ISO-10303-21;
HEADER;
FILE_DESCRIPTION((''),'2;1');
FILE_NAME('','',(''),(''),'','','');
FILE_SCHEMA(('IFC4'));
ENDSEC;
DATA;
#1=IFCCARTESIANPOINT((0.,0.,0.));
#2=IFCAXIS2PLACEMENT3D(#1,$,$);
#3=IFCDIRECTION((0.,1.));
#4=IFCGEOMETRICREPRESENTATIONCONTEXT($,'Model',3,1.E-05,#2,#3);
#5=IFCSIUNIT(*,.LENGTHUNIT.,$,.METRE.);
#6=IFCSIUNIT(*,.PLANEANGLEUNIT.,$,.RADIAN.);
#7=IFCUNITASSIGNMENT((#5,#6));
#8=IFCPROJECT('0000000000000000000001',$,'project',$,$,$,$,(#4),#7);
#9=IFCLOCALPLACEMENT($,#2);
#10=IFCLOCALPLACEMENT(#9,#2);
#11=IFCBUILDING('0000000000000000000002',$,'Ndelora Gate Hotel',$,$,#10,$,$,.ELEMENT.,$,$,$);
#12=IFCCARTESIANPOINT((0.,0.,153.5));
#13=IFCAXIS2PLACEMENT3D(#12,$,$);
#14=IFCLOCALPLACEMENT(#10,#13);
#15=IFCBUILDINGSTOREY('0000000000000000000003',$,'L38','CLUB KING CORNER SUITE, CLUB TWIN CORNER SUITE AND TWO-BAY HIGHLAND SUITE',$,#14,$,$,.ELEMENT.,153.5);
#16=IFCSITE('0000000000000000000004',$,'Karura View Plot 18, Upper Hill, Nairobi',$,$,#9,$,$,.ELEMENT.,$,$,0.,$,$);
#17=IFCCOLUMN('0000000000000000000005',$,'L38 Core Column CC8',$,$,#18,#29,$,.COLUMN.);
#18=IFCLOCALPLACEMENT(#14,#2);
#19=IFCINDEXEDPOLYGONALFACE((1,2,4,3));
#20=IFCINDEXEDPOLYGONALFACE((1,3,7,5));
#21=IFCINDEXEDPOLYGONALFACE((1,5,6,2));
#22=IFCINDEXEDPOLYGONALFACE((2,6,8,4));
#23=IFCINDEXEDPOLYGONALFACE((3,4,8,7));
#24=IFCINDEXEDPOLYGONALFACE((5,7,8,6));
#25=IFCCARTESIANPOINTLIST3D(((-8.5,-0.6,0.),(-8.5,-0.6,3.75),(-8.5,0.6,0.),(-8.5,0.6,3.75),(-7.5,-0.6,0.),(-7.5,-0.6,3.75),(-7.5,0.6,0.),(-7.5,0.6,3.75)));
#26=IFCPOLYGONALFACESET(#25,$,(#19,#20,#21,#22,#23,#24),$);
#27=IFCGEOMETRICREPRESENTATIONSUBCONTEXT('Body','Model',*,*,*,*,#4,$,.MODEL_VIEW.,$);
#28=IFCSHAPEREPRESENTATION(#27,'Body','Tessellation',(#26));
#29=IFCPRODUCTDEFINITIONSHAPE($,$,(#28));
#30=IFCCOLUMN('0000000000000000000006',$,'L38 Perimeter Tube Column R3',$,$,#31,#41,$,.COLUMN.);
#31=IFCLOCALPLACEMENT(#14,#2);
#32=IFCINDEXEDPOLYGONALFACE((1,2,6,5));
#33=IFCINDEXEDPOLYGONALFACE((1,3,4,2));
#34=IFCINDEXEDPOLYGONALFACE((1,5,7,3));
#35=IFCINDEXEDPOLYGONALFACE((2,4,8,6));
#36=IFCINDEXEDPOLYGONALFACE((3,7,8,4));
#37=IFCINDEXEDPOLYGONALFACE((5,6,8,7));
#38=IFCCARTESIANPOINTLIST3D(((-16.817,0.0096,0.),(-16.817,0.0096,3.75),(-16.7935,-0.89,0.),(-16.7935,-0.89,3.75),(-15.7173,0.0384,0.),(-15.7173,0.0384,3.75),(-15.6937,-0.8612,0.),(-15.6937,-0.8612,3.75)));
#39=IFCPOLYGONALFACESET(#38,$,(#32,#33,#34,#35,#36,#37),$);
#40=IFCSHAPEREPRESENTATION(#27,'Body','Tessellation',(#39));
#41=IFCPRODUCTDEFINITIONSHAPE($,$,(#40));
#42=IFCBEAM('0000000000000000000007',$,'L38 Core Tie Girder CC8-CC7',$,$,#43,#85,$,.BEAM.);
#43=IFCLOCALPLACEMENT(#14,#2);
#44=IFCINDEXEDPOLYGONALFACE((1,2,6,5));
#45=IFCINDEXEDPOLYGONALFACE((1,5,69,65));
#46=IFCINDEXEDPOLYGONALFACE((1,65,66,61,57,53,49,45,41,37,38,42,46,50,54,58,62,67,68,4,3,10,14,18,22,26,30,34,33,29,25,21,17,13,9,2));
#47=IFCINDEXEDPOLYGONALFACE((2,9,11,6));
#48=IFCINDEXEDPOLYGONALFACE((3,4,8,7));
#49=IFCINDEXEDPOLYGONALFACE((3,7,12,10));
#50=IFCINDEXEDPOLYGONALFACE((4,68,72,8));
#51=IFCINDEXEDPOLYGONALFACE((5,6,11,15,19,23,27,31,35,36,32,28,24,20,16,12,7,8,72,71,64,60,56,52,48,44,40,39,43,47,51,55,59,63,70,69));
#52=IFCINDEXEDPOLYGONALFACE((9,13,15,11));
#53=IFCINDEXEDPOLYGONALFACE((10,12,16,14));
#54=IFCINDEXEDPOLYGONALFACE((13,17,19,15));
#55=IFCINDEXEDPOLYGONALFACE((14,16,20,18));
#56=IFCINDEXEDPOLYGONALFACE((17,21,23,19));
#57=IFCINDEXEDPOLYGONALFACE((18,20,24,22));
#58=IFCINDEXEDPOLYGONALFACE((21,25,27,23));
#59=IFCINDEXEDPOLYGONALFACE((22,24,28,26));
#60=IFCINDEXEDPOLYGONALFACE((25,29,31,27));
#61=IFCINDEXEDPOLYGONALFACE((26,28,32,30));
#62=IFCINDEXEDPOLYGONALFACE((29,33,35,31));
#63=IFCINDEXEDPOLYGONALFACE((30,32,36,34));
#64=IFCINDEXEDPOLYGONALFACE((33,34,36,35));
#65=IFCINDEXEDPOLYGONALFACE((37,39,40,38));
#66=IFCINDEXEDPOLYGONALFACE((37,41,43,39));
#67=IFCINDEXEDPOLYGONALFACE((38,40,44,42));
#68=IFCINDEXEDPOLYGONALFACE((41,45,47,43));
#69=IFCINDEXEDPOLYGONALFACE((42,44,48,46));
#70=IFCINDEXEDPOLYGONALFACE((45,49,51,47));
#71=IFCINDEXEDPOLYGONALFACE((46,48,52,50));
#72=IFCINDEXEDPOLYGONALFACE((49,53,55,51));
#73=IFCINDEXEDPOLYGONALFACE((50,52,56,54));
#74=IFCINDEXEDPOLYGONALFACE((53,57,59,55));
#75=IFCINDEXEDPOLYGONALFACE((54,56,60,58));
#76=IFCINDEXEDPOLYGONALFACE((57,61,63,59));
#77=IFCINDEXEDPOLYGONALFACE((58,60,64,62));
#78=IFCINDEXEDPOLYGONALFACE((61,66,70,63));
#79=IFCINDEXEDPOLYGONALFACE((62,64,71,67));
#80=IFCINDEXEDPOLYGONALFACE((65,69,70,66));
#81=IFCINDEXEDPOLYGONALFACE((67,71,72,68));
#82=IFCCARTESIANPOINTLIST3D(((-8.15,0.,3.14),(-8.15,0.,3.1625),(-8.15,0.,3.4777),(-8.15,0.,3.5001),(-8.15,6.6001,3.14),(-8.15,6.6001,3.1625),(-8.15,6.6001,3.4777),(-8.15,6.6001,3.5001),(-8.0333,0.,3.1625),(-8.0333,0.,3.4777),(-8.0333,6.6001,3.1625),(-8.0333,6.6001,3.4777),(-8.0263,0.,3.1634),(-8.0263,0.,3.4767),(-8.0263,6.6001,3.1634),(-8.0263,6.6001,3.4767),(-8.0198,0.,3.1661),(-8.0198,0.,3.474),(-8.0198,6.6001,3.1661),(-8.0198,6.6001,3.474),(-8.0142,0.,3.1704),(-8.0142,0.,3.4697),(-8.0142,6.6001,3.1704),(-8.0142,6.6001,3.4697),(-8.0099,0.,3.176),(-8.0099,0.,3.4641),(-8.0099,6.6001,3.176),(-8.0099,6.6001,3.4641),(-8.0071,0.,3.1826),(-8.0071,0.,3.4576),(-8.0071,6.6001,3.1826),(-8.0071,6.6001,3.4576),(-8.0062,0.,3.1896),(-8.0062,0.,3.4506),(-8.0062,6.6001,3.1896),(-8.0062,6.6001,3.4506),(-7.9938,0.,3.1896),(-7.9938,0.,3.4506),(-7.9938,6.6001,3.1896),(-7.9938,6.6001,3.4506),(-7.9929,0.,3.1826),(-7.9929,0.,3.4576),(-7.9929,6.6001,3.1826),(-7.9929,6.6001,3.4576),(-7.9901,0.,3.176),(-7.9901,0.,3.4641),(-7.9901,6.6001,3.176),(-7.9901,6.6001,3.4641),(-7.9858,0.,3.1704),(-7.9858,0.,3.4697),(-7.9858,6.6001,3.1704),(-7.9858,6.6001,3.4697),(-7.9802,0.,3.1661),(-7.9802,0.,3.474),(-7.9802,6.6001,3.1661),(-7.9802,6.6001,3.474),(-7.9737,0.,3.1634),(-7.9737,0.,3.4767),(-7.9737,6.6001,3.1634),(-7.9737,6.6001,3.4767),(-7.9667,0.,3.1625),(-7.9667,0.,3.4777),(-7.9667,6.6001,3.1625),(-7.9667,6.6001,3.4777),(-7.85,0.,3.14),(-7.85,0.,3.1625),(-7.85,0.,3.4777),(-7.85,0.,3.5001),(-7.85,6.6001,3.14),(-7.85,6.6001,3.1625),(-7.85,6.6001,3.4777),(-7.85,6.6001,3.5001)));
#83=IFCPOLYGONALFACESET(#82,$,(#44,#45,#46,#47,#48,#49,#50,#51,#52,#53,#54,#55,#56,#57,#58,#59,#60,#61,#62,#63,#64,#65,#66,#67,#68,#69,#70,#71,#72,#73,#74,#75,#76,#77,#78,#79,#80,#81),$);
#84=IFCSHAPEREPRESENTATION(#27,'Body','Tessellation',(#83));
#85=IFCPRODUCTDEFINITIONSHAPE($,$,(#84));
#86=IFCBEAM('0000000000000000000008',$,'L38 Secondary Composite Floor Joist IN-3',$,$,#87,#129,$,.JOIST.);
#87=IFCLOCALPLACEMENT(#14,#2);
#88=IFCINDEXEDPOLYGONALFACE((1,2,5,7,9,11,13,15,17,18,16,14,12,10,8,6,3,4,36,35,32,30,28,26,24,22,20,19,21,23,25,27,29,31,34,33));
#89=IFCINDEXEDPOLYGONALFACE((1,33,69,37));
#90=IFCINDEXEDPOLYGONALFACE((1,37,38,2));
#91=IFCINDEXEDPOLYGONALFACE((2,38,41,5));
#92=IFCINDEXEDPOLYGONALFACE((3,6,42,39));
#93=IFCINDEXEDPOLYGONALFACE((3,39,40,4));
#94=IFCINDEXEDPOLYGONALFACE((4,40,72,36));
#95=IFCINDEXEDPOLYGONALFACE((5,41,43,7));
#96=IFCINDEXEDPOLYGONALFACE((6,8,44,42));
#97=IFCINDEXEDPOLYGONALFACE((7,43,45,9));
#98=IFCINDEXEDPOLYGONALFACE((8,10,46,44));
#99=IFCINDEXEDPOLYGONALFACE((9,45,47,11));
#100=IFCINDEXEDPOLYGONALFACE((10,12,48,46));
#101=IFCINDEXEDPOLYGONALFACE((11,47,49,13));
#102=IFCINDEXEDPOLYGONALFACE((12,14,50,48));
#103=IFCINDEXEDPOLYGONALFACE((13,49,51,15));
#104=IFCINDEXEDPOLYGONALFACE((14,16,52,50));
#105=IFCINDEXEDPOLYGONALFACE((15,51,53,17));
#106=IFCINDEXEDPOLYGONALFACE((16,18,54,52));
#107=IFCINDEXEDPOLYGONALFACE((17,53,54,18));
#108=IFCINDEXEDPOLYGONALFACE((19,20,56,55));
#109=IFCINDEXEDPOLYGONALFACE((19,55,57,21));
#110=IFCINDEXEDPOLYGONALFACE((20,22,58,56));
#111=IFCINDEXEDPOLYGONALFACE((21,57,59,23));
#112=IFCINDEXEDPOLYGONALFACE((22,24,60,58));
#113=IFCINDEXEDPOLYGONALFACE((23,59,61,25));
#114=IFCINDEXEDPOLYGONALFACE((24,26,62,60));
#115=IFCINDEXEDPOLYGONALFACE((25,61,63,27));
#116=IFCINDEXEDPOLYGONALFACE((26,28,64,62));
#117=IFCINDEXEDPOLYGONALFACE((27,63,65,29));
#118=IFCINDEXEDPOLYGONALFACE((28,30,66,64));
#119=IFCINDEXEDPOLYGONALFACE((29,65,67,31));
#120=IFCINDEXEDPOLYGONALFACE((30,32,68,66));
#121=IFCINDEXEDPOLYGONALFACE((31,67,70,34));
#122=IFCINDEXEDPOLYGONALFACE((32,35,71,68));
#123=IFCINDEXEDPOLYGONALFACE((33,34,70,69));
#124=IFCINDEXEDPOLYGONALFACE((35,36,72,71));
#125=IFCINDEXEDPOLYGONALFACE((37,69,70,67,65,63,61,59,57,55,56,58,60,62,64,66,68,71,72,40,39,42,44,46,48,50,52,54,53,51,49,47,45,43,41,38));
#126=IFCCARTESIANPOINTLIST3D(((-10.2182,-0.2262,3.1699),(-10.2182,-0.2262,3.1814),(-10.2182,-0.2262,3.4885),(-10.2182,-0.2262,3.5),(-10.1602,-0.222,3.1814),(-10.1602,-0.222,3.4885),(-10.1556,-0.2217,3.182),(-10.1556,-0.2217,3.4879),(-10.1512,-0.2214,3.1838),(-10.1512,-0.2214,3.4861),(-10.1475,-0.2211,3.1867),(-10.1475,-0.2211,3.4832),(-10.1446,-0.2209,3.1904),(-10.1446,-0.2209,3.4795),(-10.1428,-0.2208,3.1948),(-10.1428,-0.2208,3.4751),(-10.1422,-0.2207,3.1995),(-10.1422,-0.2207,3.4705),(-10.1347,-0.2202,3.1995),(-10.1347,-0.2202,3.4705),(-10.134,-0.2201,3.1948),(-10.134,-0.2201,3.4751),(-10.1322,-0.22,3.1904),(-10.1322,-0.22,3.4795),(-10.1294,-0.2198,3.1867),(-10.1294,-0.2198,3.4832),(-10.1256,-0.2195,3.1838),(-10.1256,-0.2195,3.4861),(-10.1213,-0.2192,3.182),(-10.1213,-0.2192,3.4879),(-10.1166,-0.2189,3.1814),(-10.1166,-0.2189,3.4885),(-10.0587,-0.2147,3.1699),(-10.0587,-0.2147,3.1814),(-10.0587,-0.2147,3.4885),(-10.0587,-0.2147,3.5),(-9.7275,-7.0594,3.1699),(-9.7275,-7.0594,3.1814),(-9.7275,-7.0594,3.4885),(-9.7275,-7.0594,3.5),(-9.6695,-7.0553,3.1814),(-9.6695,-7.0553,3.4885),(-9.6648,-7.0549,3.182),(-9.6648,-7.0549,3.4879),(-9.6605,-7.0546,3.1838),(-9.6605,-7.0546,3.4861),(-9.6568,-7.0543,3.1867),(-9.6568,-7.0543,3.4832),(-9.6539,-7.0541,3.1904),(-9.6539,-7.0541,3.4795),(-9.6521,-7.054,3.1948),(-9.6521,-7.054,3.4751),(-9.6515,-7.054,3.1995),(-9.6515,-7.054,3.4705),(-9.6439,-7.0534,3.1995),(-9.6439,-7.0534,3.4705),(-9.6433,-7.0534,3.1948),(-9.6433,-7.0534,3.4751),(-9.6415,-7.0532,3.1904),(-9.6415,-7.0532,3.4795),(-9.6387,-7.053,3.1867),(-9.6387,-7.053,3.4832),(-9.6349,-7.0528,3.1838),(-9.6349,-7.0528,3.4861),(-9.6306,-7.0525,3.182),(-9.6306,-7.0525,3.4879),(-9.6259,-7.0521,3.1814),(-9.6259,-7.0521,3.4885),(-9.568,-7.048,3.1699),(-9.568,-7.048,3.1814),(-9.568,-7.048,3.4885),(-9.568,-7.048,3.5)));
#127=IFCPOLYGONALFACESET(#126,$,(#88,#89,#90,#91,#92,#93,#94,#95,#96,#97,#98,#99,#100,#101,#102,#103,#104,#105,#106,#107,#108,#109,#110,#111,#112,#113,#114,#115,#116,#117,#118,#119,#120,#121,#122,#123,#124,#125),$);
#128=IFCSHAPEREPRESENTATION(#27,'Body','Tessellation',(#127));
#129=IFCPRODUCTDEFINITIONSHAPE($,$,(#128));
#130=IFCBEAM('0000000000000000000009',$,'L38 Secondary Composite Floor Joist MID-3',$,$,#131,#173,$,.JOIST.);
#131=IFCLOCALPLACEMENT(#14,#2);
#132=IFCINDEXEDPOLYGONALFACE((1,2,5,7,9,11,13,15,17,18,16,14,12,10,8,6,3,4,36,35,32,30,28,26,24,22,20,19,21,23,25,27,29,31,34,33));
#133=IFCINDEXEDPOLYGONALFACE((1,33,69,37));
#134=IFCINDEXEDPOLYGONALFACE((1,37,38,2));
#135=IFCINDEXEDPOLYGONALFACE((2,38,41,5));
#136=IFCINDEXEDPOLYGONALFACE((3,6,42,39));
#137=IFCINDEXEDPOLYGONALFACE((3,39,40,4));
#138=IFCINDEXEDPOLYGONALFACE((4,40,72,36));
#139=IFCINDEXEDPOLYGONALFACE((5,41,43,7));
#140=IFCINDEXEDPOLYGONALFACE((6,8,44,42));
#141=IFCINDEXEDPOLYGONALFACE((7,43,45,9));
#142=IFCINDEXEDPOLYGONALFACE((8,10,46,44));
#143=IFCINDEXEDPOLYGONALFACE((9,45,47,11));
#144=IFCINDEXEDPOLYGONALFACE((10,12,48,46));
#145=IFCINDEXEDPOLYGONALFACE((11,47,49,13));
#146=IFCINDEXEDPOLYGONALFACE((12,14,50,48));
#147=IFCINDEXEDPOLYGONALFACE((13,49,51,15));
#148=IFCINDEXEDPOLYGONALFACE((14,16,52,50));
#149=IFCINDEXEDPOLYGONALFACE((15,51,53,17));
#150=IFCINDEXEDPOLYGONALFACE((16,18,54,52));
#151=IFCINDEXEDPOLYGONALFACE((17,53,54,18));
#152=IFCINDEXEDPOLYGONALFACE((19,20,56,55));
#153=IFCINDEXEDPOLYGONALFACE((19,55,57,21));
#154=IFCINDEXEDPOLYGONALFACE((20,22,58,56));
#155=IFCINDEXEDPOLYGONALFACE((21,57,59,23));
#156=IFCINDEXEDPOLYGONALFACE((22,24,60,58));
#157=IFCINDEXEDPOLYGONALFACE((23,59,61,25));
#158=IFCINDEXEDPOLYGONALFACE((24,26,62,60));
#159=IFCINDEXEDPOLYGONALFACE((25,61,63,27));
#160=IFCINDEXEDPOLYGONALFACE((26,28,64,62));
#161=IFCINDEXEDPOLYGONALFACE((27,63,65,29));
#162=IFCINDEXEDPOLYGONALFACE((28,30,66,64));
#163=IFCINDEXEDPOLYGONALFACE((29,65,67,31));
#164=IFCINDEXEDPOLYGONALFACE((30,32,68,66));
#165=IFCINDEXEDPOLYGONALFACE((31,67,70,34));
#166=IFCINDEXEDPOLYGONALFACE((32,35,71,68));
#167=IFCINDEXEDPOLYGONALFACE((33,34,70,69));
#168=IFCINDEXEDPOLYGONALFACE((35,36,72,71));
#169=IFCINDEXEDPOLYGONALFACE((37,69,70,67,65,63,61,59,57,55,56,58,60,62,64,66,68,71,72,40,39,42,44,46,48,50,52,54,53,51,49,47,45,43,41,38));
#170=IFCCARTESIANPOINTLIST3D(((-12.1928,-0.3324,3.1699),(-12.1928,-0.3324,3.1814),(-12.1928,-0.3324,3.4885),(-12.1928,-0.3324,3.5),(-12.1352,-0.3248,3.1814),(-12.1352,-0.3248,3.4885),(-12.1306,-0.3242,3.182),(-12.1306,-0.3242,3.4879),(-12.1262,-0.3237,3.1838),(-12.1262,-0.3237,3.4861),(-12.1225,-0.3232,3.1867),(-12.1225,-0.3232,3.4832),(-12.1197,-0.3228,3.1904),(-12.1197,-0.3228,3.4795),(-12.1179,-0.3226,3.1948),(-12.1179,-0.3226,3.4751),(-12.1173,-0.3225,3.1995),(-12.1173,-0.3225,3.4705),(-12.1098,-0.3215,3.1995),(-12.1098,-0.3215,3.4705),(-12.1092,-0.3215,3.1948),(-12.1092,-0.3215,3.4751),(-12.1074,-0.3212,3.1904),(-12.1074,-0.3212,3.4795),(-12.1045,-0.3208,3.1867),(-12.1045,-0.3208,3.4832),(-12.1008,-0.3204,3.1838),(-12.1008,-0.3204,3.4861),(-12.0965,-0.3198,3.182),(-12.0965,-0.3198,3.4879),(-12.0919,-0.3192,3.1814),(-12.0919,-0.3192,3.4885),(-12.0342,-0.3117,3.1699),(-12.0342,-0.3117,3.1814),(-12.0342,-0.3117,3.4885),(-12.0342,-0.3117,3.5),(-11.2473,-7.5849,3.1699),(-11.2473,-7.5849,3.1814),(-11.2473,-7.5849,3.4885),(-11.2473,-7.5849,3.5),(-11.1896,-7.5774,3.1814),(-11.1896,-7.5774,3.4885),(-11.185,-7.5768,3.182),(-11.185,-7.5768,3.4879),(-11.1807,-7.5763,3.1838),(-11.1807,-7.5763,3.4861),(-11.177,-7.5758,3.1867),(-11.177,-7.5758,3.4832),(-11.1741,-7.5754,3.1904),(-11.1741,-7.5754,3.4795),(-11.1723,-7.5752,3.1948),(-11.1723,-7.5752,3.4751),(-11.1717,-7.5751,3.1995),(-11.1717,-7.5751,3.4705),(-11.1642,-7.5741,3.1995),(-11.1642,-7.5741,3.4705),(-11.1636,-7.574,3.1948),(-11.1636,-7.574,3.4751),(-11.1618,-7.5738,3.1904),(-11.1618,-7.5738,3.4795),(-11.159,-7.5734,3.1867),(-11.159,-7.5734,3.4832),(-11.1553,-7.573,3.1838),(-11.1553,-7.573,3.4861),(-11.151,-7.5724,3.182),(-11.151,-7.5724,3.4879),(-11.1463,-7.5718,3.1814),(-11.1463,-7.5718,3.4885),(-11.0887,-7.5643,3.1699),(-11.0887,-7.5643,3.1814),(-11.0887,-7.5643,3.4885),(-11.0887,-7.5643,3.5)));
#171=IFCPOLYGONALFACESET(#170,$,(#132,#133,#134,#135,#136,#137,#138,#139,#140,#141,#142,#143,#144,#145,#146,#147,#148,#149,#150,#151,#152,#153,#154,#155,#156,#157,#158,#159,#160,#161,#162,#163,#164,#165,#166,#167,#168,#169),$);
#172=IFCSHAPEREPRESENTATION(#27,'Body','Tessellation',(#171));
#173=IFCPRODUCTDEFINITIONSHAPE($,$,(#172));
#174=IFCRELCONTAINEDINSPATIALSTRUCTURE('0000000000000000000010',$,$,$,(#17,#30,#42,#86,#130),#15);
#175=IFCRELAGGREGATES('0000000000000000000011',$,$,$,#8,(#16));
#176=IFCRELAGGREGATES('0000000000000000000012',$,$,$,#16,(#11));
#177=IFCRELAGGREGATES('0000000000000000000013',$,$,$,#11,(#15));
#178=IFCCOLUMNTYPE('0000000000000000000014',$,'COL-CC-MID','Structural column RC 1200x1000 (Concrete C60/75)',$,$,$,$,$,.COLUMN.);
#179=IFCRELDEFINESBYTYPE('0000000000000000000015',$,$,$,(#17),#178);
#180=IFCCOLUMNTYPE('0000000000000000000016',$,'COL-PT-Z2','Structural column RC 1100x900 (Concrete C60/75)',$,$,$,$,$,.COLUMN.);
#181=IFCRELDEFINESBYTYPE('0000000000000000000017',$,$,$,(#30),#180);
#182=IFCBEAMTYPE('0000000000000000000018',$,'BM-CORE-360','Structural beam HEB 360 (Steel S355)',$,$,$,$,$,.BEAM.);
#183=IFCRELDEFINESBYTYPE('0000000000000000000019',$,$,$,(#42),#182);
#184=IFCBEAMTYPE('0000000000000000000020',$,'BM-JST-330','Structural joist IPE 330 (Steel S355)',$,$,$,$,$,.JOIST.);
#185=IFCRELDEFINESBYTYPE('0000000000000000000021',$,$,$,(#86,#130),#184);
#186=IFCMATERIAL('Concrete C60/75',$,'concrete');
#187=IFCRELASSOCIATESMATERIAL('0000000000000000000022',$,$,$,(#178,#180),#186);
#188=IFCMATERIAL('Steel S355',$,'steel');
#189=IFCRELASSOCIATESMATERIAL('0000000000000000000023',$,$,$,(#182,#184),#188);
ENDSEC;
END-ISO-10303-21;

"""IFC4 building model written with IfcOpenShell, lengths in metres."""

from ifc_helpers import new_model, si_unit, direction, frame, origin, origin_2d, place, context, subcontext, project, spatial, rectangle, i_section, extrude, material, material_profile, profile_set, type_object, element, save


model = new_model("IFC4")

# Units and contexts
model_context = context("Model", 3, precision=1e-05, world=origin(), true_north=direction((0.0, 1.0)))
body_context = subcontext(model_context, "Body", "Model", "MODEL_VIEW")
ifc_project = project(units=[si_unit("LENGTHUNIT", "METRE"), si_unit("PLANEANGLEUNIT", "RADIAN")], contexts=[model_context])

# Site, building, storey
site_placement = place(None, origin())
site = spatial("IfcSite", under=ifc_project, at=site_placement, Name="Karura View Plot 18, Upper Hill, Nairobi", CompositionType="ELEMENT", RefElevation=0.0)
building_placement = place(site_placement, origin())
building = spatial("IfcBuilding", under=site, at=building_placement, Name="Ndelora Gate Hotel", CompositionType="ELEMENT")
storey_placement = place(building_placement, frame((0.0, 0.0, 153.5)))
storey = spatial("IfcBuildingStorey", under=building, at=storey_placement, Name="L38", Description="CLUB KING CORNER SUITE, CLUB TWIN CORNER SUITE AND TWO-BAY HIGHLAND SUITE", CompositionType="ELEMENT", Elevation=153.5)

# Columns
ifc_material_1 = material(Name="Concrete C60/75", Category="concrete")
ifc_material_profile_1 = material_profile(ifc_material_1, rectangle(XDim=1.0, YDim=1.2, at=origin_2d()), Name="RC 1200x1000")
ifc_profile_set_1 = profile_set([ifc_material_profile_1], Name="Concrete C60/75")
column_type_1 = type_object("IfcColumnType", Name="COL-CC-MID", Description="Structural column RC 1200x1000 (Concrete C60/75)", PredefinedType="COLUMN", material=ifc_profile_set_1)
column_1_placement = place(storey_placement, frame((-8.0, 0.0, 0.0), z_axis=(0.0, 0.0, 1.0), x_axis=(1.0, 0.0, 0.0)))
element("IfcColumn", 1, at=column_1_placement, inside=storey, type_object=column_type_1, Name="L38 Core Column CC8", PredefinedType="COLUMN", context=body_context, shape_type="SweptSolid", body=[
    extrude(rectangle(XDim=1.0, YDim=1.2, at=origin_2d()), origin(), (0.0, 0.0, 1.0), 3.75),
])
ifc_material_profile_2 = material_profile(ifc_material_1, rectangle(XDim=0.8999, YDim=1.1001, at=origin_2d()), Name="RC 1100x900")
ifc_profile_set_2 = profile_set([ifc_material_profile_2], Name="Concrete C60/75")
column_type_2 = type_object("IfcColumnType", Name="COL-PT-Z2", Description="Structural column RC 1100x900 (Concrete C60/75)", PredefinedType="COLUMN", material=ifc_profile_set_2)
column_2_placement = place(storey_placement, frame((-16.2554, -0.4258, 0.0), z_axis=(0.0, 0.0, 1.0), x_axis=(-0.026177, 0.999657, 0.0)))
element("IfcColumn", 2, at=column_2_placement, inside=storey, type_object=column_type_2, Name="L38 Perimeter Tube Column R3", PredefinedType="COLUMN", context=body_context, shape_type="SweptSolid", body=[
    extrude(rectangle(XDim=0.8999, YDim=1.1001, at=origin_2d()), origin(), (0.0, 0.0, 1.0), 3.75),
])

# Beams
ifc_material_2 = material(Name="Steel S355", Category="steel")
ifc_material_profile_3 = material_profile(ifc_material_2, i_section(OverallWidth=0.3, OverallDepth=0.3601, WebThickness=0.0125, FlangeThickness=0.0225, FilletRadius=0.0271, at=origin_2d()), Name="HEB 360")
ifc_profile_set_3 = profile_set([ifc_material_profile_3], Name="Steel S355")
beam_type_1 = type_object("IfcBeamType", Name="BM-CORE-360", Description="Structural beam HEB 360 (Steel S355)", PredefinedType="BEAM", material=ifc_profile_set_3)
beam_1_placement = place(storey_placement, frame((-8.0, 0.0, 3.3201), z_axis=(0.0, 1.0, 0.0), x_axis=(-1.0, 0.0, 0.0)))
element("IfcBeam", 3, at=beam_1_placement, inside=storey, type_object=beam_type_1, Name="L38 Core Tie Girder CC8-CC7", PredefinedType="BEAM", context=body_context, shape_type="SweptSolid", body=[
    extrude(i_section(OverallWidth=0.3, OverallDepth=0.3601, WebThickness=0.0125, FlangeThickness=0.0225, FilletRadius=0.0271, at=origin_2d()), origin(), (0.0, 0.0, 1.0), 6.6001),
])
ifc_material_profile_4 = material_profile(ifc_material_2, i_section(OverallWidth=0.1599, OverallDepth=0.3301, WebThickness=0.0076, FlangeThickness=0.0115, FilletRadius=0.0181, at=origin_2d()), Name="IPE 330")
ifc_profile_set_4 = profile_set([ifc_material_profile_4], Name="Steel S355")
beam_type_2 = type_object("IfcBeamType", Name="BM-JST-330", Description="Structural joist IPE 330 (Steel S355)", PredefinedType="JOIST", material=ifc_profile_set_4)
beam_2_placement = place(storey_placement, frame((-10.1384, -0.2205, 3.335), z_axis=(0.071629, -0.997431, 0.0), x_axis=(0.997431, 0.071629, 0.0)))
element("IfcBeam", 4, at=beam_2_placement, inside=storey, type_object=beam_type_2, Name="L38 Secondary Composite Floor Joist IN-3", PredefinedType="JOIST", context=body_context, shape_type="SweptSolid", body=[
    extrude(i_section(OverallWidth=0.1599, OverallDepth=0.3301, WebThickness=0.0076, FlangeThickness=0.0115, FilletRadius=0.0181, at=origin_2d()), origin(), (0.0, 0.0, 1.0), 6.8508),
])
beam_3_placement = place(storey_placement, frame((-12.1135, -0.322, 3.335), z_axis=(0.129279, -0.991608, 0.0), x_axis=(0.991608, 0.129279, 0.0)))
element("IfcBeam", 5, at=beam_3_placement, inside=storey, type_object=beam_type_2, Name="L38 Secondary Composite Floor Joist MID-3", PredefinedType="JOIST", context=body_context, shape_type="SweptSolid", body=[
    extrude(i_section(OverallWidth=0.1599, OverallDepth=0.3301, WebThickness=0.0076, FlangeThickness=0.0115, FilletRadius=0.0181, at=origin_2d()), origin(), (0.0, 0.0, 1.0), 7.314),
])

save(model, "model.ifc")
